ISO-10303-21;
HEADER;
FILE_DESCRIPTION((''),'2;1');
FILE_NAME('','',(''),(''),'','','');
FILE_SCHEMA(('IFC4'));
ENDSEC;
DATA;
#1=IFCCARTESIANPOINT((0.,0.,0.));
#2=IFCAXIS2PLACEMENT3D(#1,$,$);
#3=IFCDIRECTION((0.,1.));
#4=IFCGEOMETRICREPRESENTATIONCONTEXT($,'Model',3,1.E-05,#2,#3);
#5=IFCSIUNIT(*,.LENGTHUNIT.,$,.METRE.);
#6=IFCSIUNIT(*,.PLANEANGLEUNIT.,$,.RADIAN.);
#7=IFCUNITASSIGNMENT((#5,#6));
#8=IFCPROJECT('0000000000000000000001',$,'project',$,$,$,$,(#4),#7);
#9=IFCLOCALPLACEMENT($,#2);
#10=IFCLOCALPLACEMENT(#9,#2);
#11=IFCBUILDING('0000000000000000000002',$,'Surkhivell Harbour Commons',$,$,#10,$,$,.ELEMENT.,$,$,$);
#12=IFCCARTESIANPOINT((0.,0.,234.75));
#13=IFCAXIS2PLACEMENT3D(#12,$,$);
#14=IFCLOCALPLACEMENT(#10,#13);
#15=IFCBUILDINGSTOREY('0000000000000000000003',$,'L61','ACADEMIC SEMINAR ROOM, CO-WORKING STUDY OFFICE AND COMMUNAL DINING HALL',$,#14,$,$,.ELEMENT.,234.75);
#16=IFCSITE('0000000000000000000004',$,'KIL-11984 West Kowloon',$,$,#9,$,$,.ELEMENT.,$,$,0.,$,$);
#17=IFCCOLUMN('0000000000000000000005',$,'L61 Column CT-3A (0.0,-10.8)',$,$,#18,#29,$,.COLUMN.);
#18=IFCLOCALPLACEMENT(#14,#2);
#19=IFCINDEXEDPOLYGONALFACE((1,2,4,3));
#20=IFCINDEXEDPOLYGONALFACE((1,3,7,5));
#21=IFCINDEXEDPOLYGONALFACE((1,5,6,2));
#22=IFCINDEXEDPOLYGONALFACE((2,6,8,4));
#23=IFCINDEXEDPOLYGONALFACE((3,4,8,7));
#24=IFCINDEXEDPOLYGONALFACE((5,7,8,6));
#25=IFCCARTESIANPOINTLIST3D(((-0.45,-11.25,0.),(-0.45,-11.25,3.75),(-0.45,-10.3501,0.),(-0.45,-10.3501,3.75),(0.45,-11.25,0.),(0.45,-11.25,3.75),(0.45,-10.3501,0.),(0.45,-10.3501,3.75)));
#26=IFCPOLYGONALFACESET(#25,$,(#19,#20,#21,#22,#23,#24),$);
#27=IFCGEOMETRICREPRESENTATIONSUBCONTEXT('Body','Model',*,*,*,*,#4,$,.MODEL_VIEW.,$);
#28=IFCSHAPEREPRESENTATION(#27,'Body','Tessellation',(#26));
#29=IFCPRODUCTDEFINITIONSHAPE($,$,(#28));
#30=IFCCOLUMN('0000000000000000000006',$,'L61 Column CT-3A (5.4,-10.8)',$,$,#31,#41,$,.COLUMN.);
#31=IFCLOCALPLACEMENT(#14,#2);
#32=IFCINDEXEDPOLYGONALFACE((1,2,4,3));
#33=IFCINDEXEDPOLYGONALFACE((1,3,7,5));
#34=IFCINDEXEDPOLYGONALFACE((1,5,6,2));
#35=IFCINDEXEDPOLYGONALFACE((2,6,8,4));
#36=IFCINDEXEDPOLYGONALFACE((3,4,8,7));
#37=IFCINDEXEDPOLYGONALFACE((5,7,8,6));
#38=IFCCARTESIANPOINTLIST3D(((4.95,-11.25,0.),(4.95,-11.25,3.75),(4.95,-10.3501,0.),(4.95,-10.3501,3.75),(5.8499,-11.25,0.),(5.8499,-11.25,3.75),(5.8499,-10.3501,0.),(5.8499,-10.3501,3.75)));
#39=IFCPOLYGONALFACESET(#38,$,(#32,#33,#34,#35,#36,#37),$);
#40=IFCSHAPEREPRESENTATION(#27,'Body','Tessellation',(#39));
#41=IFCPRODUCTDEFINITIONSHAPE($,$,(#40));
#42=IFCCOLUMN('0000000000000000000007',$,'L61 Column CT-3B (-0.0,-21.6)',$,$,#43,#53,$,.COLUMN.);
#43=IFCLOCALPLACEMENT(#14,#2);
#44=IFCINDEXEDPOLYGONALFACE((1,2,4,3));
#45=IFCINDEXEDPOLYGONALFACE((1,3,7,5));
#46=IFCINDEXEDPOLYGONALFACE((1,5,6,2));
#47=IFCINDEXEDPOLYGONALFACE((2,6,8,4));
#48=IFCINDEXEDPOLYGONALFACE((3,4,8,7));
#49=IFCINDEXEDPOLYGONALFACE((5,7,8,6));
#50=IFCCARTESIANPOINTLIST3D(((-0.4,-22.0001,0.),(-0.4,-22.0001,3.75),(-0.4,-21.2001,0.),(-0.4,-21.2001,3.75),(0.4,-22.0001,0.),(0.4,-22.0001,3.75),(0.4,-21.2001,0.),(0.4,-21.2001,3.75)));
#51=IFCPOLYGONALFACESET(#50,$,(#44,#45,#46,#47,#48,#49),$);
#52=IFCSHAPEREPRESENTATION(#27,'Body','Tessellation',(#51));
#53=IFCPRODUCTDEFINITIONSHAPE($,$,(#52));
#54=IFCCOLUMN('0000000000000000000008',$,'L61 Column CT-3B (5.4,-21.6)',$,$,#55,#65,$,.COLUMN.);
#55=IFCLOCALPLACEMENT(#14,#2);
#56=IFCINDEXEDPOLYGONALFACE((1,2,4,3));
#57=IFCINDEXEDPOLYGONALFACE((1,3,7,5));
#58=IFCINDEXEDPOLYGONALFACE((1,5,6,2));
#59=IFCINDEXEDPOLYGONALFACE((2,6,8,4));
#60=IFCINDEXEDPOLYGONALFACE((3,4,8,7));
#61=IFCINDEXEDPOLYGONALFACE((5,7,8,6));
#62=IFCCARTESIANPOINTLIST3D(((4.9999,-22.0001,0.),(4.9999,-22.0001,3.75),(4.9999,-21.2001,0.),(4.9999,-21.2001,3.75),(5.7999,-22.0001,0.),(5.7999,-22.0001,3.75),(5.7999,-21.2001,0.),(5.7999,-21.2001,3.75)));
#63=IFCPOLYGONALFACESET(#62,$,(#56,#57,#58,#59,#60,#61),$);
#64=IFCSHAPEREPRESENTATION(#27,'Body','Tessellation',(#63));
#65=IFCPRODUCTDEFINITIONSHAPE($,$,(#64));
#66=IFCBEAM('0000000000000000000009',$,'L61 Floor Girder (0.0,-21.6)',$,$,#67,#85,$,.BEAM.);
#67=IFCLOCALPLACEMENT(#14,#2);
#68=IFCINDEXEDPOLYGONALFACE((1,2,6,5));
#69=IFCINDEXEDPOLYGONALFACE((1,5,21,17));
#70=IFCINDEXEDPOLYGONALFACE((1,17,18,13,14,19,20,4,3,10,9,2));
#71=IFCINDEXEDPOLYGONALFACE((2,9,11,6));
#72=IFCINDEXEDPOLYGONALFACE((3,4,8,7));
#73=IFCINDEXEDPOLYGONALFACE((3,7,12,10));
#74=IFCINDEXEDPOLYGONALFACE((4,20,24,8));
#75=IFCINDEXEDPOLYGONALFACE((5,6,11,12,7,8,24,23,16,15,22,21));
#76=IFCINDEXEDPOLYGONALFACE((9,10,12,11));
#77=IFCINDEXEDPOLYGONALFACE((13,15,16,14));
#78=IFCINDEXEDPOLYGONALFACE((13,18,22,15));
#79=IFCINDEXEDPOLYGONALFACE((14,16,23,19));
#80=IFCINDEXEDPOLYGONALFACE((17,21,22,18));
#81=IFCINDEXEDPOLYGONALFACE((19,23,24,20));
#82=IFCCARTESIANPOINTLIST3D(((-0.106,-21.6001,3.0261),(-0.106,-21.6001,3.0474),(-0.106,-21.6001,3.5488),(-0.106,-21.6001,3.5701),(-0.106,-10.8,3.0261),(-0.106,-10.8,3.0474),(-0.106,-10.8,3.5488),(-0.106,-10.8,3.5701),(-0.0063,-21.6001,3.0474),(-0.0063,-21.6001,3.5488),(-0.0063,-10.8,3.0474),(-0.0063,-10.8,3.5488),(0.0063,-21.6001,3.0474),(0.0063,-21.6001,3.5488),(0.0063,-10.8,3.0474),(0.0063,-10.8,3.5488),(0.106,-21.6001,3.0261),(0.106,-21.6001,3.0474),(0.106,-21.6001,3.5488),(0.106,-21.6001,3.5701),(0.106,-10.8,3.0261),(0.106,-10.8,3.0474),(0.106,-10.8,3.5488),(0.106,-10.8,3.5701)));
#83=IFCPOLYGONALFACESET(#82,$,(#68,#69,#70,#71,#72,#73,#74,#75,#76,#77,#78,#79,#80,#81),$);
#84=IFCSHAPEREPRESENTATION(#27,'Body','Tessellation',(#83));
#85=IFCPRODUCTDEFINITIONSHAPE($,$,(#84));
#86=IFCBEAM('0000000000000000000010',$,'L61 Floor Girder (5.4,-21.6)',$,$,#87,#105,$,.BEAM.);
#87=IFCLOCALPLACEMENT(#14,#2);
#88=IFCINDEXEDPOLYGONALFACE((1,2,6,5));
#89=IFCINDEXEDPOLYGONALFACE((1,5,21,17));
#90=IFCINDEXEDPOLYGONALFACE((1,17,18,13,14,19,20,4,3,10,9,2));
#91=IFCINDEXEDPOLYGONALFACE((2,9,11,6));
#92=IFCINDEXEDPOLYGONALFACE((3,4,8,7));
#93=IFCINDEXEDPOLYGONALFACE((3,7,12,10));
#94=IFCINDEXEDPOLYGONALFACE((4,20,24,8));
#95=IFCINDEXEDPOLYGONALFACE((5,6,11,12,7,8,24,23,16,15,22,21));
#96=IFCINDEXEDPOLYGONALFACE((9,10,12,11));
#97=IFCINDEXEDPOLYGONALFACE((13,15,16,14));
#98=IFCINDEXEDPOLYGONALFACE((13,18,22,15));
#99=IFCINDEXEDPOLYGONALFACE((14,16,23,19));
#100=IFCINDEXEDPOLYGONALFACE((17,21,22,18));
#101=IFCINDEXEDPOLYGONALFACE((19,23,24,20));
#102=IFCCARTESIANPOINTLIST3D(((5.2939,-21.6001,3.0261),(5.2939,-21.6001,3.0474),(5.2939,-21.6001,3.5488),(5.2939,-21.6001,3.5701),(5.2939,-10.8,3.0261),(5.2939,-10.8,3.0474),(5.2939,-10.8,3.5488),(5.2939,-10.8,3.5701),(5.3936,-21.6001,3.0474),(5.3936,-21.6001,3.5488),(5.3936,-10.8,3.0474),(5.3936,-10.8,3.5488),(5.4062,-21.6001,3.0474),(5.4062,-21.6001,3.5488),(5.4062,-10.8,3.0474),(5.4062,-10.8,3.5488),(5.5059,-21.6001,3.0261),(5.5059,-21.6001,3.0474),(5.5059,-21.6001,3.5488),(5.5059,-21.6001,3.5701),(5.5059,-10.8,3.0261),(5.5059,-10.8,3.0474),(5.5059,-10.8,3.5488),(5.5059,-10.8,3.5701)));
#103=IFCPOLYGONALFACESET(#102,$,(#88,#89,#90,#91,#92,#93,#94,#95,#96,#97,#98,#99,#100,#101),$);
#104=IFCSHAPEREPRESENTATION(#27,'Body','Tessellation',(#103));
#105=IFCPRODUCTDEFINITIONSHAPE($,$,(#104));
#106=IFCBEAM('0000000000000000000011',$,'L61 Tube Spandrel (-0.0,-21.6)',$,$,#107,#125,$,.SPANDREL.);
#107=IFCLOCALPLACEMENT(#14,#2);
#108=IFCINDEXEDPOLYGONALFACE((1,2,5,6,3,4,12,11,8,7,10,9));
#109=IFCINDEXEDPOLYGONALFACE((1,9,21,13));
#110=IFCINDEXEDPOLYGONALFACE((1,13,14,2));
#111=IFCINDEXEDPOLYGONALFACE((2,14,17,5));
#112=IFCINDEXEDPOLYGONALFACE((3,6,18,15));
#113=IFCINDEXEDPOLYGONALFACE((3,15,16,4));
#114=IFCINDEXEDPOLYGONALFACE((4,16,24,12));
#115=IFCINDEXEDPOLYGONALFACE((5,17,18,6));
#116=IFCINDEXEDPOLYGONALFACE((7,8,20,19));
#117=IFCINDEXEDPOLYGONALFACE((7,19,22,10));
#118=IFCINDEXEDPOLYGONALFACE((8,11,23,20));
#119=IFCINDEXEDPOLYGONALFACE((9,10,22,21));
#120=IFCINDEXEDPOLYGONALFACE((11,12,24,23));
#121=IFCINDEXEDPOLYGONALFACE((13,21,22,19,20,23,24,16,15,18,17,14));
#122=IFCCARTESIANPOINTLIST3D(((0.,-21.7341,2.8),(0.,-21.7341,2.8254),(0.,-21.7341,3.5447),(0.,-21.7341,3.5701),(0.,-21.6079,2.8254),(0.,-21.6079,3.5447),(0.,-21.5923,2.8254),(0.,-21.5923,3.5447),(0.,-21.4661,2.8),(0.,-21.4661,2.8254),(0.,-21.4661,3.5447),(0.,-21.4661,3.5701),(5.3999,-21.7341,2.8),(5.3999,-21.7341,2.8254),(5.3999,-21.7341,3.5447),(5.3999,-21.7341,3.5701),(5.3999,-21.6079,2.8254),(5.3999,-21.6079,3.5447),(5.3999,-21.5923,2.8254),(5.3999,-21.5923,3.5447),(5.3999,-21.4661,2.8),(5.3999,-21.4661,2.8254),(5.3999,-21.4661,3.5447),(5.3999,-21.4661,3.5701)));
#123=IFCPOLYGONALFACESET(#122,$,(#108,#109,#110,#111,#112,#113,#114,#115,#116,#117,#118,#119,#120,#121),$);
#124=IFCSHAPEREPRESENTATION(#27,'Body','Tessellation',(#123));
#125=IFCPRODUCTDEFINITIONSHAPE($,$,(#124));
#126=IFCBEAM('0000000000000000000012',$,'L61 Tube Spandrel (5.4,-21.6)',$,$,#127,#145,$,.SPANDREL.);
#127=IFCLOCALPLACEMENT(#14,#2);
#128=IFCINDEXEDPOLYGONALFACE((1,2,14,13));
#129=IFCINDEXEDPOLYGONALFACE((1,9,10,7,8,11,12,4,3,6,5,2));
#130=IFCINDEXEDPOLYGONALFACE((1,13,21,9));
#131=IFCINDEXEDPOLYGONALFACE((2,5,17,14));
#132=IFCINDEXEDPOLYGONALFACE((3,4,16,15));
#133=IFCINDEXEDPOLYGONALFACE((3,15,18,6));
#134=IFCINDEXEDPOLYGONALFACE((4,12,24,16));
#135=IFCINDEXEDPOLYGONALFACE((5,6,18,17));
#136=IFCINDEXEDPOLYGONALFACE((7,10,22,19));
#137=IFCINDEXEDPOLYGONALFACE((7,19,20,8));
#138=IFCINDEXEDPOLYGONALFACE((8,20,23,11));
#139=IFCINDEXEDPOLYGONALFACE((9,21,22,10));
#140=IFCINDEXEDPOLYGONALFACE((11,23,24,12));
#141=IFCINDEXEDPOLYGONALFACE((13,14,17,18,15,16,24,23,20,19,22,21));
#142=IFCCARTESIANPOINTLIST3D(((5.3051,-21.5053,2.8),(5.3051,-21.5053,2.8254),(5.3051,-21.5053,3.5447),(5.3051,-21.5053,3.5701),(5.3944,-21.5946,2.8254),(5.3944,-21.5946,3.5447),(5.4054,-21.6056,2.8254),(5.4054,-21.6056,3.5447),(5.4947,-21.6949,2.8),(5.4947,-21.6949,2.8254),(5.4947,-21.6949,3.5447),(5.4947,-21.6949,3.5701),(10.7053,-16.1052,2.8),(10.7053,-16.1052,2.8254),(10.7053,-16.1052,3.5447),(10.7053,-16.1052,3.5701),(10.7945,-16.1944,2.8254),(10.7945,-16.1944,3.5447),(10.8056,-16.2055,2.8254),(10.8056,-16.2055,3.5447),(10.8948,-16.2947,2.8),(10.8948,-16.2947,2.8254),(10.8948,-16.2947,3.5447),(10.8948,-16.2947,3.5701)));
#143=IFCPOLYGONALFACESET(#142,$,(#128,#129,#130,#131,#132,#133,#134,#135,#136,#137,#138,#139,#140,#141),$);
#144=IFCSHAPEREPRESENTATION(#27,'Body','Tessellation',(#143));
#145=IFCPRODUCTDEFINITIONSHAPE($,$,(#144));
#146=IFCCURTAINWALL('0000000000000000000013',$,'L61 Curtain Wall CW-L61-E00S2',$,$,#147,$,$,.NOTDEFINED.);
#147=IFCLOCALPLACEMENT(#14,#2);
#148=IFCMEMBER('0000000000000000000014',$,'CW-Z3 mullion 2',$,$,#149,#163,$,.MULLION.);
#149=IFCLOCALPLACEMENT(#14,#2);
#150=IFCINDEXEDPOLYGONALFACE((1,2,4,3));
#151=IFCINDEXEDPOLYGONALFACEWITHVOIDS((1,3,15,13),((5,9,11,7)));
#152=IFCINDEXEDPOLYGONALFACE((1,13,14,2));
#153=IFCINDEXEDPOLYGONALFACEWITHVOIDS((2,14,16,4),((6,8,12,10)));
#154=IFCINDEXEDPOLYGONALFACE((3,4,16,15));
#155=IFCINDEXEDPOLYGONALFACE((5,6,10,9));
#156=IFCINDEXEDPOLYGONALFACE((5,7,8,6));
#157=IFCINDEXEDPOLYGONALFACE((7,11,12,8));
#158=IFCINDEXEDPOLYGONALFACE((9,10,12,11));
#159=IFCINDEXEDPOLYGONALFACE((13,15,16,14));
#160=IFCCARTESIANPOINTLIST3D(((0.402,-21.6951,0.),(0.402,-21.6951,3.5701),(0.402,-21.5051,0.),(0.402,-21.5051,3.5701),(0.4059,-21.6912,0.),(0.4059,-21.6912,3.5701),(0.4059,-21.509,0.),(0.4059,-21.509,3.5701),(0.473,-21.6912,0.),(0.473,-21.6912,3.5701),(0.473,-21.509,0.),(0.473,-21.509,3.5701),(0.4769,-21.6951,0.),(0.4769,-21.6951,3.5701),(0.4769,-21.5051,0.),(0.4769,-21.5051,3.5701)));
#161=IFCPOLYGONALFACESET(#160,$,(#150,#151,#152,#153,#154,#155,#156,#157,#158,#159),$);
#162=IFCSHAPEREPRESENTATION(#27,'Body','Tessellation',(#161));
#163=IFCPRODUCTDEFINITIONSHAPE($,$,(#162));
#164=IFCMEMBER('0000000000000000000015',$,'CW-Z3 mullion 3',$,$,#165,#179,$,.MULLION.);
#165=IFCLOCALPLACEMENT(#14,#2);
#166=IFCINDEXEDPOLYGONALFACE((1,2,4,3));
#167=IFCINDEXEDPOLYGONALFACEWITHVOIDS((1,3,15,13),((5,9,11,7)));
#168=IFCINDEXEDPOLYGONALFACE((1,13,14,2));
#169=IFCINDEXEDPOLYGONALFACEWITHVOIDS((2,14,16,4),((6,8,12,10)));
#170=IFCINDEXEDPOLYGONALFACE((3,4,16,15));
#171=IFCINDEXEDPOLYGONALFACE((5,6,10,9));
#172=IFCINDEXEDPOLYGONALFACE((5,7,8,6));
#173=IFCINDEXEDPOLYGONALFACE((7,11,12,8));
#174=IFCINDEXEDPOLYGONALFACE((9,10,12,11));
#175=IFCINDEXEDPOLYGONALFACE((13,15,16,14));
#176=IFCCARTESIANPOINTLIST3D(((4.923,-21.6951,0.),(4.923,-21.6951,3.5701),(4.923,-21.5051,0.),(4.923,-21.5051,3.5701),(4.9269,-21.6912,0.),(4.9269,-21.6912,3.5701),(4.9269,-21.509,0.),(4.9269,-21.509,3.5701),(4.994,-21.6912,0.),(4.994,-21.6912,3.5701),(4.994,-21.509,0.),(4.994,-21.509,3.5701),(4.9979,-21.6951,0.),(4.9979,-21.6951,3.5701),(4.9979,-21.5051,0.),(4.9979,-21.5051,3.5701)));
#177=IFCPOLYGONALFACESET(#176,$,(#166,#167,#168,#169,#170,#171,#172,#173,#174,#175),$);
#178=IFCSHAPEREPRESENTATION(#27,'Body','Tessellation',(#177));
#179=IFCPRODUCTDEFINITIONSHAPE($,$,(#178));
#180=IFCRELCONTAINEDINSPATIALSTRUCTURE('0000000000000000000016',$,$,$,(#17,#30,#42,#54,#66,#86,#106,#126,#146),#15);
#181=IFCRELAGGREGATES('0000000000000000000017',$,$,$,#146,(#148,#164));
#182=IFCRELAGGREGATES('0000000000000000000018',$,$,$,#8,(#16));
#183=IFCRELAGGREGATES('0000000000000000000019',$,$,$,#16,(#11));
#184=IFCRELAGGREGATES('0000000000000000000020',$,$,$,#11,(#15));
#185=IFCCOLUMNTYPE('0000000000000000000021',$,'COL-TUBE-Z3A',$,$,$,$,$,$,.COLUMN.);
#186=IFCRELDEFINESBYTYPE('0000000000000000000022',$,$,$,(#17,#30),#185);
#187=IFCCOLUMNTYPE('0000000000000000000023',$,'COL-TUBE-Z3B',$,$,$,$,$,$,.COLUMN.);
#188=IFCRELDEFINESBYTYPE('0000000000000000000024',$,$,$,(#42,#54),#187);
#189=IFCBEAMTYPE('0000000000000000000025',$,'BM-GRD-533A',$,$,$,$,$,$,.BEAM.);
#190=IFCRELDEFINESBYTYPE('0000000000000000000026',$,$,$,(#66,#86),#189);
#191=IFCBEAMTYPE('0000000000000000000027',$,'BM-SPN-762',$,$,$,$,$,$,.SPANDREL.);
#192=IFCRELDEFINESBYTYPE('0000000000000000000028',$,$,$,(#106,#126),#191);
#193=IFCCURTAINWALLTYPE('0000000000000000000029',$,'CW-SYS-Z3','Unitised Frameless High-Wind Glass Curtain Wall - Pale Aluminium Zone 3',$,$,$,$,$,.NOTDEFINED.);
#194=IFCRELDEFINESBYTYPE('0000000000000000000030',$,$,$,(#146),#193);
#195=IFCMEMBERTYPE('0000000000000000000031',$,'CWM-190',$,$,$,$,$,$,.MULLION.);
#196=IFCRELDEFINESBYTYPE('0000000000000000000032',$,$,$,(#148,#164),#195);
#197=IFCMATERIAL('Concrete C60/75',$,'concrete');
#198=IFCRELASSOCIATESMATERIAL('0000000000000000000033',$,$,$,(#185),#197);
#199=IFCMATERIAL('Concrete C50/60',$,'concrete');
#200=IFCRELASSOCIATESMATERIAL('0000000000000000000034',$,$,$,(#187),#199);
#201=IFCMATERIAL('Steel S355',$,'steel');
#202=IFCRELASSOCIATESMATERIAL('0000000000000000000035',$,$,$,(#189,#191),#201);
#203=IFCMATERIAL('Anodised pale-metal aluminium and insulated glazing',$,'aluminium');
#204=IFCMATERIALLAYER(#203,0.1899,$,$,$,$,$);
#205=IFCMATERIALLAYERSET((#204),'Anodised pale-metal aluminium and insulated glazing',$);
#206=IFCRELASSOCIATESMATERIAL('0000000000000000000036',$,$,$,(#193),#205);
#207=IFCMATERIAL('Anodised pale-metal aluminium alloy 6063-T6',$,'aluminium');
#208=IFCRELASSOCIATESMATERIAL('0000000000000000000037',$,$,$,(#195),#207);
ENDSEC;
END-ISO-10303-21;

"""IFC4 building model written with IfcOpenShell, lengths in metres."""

from ifc_helpers import new_model, si_unit, direction, frame, origin, origin_2d, place, context, subcontext, project, spatial, rectangle, hollow_rectangle, i_section, extrude, material, layer, layer_set, material_profile, profile_set, type_object, element, aggregate, save


model = new_model("IFC4")

# Units and contexts
model_context = context("Model", 3, precision=1e-05, world=origin(), true_north=direction((0.0, 1.0)))
body_context = subcontext(model_context, "Body", "Model", "MODEL_VIEW")
ifc_project = project(units=[si_unit("LENGTHUNIT", "METRE"), si_unit("PLANEANGLEUNIT", "RADIAN")], contexts=[model_context])

# Site, building, storey
site_placement = place(None, origin())
site = spatial("IfcSite", under=ifc_project, at=site_placement, Name="KIL-11984 West Kowloon", CompositionType="ELEMENT", RefElevation=0.0)
building_placement = place(site_placement, origin())
building = spatial("IfcBuilding", under=site, at=building_placement, Name="Surkhivell Harbour Commons", CompositionType="ELEMENT")
storey_placement = place(building_placement, frame((0.0, 0.0, 234.75)))
storey = spatial("IfcBuildingStorey", under=building, at=storey_placement, Name="L61", Description="ACADEMIC SEMINAR ROOM, CO-WORKING STUDY OFFICE AND COMMUNAL DINING HALL", CompositionType="ELEMENT", Elevation=234.75)

# Columns
ifc_material_1 = material(Name="Concrete C60/75", Category="concrete")
ifc_material_profile_1 = material_profile(ifc_material_1, rectangle(XDim=0.8999, YDim=0.8999, at=origin_2d()), Name="RC-COL-900x900")
ifc_profile_set_1 = profile_set([ifc_material_profile_1], Name="Concrete C60/75")
column_type_1 = type_object("IfcColumnType", Name="COL-TUBE-Z3A", PredefinedType="COLUMN", material=ifc_profile_set_1)
for number, where, z_axis, x_axis, name in (
    (1, (0.0, -10.8, 0.0), (0.0, 0.0, 1.0), (1.0, 0.0, 0.0), "L61 Column CT-3A (0.0,-10.8)"),
    (2, (5.3999, -10.8, 0.0), (0.0, 0.0, 1.0), (1.0, 0.0, 0.0), "L61 Column CT-3A (5.4,-10.8)"),
):
    element("IfcColumn", number, at=place(storey_placement, frame(where, z_axis=z_axis, x_axis=x_axis)), inside=storey, type_object=column_type_1, Name=name, PredefinedType="COLUMN", context=body_context, shape_type="SweptSolid", body=[
        extrude(rectangle(XDim=0.8999, YDim=0.8999, at=origin_2d()), origin(), (0.0, 0.0, 1.0), 3.75),
    ])
ifc_material_2 = material(Name="Concrete C50/60", Category="concrete")
ifc_material_profile_2 = material_profile(ifc_material_2, rectangle(XDim=0.8, YDim=0.8, at=origin_2d()), Name="RC-COL-800x800")
ifc_profile_set_2 = profile_set([ifc_material_profile_2], Name="Concrete C50/60")
column_type_2 = type_object("IfcColumnType", Name="COL-TUBE-Z3B", PredefinedType="COLUMN", material=ifc_profile_set_2)
for number, where, z_axis, x_axis, name in (
    (3, (0.0, -21.6001, 0.0), (0.0, 0.0, 1.0), (1.0, 0.0, 0.0), "L61 Column CT-3B (-0.0,-21.6)"),
    (4, (5.3999, -21.6001, 0.0), (0.0, 0.0, 1.0), (1.0, 0.0, 0.0), "L61 Column CT-3B (5.4,-21.6)"),
):
    element("IfcColumn", number, at=place(storey_placement, frame(where, z_axis=z_axis, x_axis=x_axis)), inside=storey, type_object=column_type_2, Name=name, PredefinedType="COLUMN", context=body_context, shape_type="SweptSolid", body=[
        extrude(rectangle(XDim=0.8, YDim=0.8, at=origin_2d()), origin(), (0.0, 0.0, 1.0), 3.75),
    ])

# Beams
ifc_material_3 = material(Name="Steel S355", Category="steel")
ifc_material_profile_3 = material_profile(ifc_material_3, i_section(OverallWidth=0.2119, OverallDepth=0.5439, WebThickness=0.0127, FlangeThickness=0.0212, at=origin_2d()), Name="UB533x210x122")
ifc_profile_set_3 = profile_set([ifc_material_profile_3], Name="Steel S355")
beam_type_1 = type_object("IfcBeamType", Name="BM-GRD-533A", PredefinedType="BEAM", material=ifc_profile_set_3)
for number, where, z_axis, x_axis, name in (
    (5, (0.0, -21.6001, 3.2981), (0.0, 1.0, 0.0), (-1.0, 0.0, 0.0), "L61 Floor Girder (0.0,-21.6)"),
    (6, (5.3999, -21.6001, 3.2981), (0.0, 1.0, 0.0), (-1.0, 0.0, 0.0), "L61 Floor Girder (5.4,-21.6)"),
):
    element("IfcBeam", number, at=place(storey_placement, frame(where, z_axis=z_axis, x_axis=x_axis)), inside=storey, type_object=beam_type_1, Name=name, PredefinedType="BEAM", context=body_context, shape_type="SweptSolid", body=[
        extrude(i_section(OverallWidth=0.2119, OverallDepth=0.5439, WebThickness=0.0127, FlangeThickness=0.0212, at=origin_2d()), origin(), (0.0, 0.0, 1.0), 10.8),
    ])
ifc_material_profile_4 = material_profile(ifc_material_3, i_section(OverallWidth=0.2681, OverallDepth=0.77, WebThickness=0.0156, FlangeThickness=0.0254, at=origin_2d()), Name="UB762x267x197")
ifc_profile_set_4 = profile_set([ifc_material_profile_4], Name="Steel S355")
beam_type_2 = type_object("IfcBeamType", Name="BM-SPN-762", PredefinedType="SPANDREL", material=ifc_profile_set_4)
beam_1_placement = place(storey_placement, frame((0.0, -21.6001, 3.1851), z_axis=(1.0, 0.0, 0.0), x_axis=(0.0, 1.0, 0.0)))
element("IfcBeam", 7, at=beam_1_placement, inside=storey, type_object=beam_type_2, Name="L61 Tube Spandrel (-0.0,-21.6)", PredefinedType="SPANDREL", context=body_context, shape_type="SweptSolid", body=[
    extrude(i_section(OverallWidth=0.2681, OverallDepth=0.77, WebThickness=0.0156, FlangeThickness=0.0254, at=origin_2d()), origin(), (0.0, 0.0, 1.0), 5.3999),
])
beam_2_placement = place(storey_placement, frame((5.3999, -21.6001, 3.1851), z_axis=(0.707107, 0.707107, 0.0), x_axis=(-0.707107, 0.707107, 0.0)))
element("IfcBeam", 8, at=beam_2_placement, inside=storey, type_object=beam_type_2, Name="L61 Tube Spandrel (5.4,-21.6)", PredefinedType="SPANDREL", context=body_context, shape_type="SweptSolid", body=[
    extrude(i_section(OverallWidth=0.2681, OverallDepth=0.77, WebThickness=0.0156, FlangeThickness=0.0254, at=origin_2d()), origin(), (0.0, 0.0, 1.0), 7.637),
])

# Curtain wall, members
ifc_material_4 = material(Name="Anodised pale-metal aluminium and insulated glazing", Category="aluminium")
ifc_layer_1 = layer(ifc_material_4, 0.1899)
ifc_layer_set_1 = layer_set([ifc_layer_1], Name="Anodised pale-metal aluminium and insulated glazing")
curtain_wall_type = type_object("IfcCurtainWallType", Name="CW-SYS-Z3", Description="Unitised Frameless High-Wind Glass Curtain Wall - Pale Aluminium Zone 3", PredefinedType="NOTDEFINED", material=ifc_layer_set_1)
curtain_wall_placement = place(storey_placement, origin())
curtain_wall = element("IfcCurtainWall", 9, at=curtain_wall_placement, inside=storey, type_object=curtain_wall_type, Name="L61 Curtain Wall CW-L61-E00S2", PredefinedType="NOTDEFINED")
ifc_material_5 = material(Name="Anodised pale-metal aluminium alloy 6063-T6", Category="aluminium")
ifc_material_profile_5 = material_profile(ifc_material_5, hollow_rectangle(XDim=0.075, YDim=0.1899, WallThickness=0.0039, at=origin_2d()), Name="ALU-MULL-75x190")
ifc_profile_set_5 = profile_set([ifc_material_profile_5], Name="Anodised pale-metal aluminium alloy 6063-T6")
member_type_1 = type_object("IfcMemberType", Name="CWM-190", PredefinedType="MULLION", material=ifc_profile_set_5)
member_1_placement = place(storey_placement, frame((0.4395, -21.6001, 0.0), z_axis=(0.0, 0.0, 1.0), x_axis=(1.0, 0.0, 0.0)))
member_1 = element("IfcMember", 10, at=member_1_placement, type_object=member_type_1, Name="CW-Z3 mullion 2", PredefinedType="MULLION", context=body_context, shape_type="SweptSolid", body=[
    extrude(hollow_rectangle(XDim=0.075, YDim=0.1899, WallThickness=0.0039, at=origin_2d()), origin(), (0.0, 0.0, 1.0), 3.5701),
])
member_2_placement = place(storey_placement, frame((4.9604, -21.6001, 0.0), z_axis=(0.0, 0.0, 1.0), x_axis=(1.0, 0.0, 0.0)))
member_2 = element("IfcMember", 11, at=member_2_placement, type_object=member_type_1, Name="CW-Z3 mullion 3", PredefinedType="MULLION", context=body_context, shape_type="SweptSolid", body=[
    extrude(hollow_rectangle(XDim=0.075, YDim=0.1899, WallThickness=0.0039, at=origin_2d()), origin(), (0.0, 0.0, 1.0), 3.5701),
])
aggregate(curtain_wall, [member_1, member_2])

save(model, "model.ifc")
